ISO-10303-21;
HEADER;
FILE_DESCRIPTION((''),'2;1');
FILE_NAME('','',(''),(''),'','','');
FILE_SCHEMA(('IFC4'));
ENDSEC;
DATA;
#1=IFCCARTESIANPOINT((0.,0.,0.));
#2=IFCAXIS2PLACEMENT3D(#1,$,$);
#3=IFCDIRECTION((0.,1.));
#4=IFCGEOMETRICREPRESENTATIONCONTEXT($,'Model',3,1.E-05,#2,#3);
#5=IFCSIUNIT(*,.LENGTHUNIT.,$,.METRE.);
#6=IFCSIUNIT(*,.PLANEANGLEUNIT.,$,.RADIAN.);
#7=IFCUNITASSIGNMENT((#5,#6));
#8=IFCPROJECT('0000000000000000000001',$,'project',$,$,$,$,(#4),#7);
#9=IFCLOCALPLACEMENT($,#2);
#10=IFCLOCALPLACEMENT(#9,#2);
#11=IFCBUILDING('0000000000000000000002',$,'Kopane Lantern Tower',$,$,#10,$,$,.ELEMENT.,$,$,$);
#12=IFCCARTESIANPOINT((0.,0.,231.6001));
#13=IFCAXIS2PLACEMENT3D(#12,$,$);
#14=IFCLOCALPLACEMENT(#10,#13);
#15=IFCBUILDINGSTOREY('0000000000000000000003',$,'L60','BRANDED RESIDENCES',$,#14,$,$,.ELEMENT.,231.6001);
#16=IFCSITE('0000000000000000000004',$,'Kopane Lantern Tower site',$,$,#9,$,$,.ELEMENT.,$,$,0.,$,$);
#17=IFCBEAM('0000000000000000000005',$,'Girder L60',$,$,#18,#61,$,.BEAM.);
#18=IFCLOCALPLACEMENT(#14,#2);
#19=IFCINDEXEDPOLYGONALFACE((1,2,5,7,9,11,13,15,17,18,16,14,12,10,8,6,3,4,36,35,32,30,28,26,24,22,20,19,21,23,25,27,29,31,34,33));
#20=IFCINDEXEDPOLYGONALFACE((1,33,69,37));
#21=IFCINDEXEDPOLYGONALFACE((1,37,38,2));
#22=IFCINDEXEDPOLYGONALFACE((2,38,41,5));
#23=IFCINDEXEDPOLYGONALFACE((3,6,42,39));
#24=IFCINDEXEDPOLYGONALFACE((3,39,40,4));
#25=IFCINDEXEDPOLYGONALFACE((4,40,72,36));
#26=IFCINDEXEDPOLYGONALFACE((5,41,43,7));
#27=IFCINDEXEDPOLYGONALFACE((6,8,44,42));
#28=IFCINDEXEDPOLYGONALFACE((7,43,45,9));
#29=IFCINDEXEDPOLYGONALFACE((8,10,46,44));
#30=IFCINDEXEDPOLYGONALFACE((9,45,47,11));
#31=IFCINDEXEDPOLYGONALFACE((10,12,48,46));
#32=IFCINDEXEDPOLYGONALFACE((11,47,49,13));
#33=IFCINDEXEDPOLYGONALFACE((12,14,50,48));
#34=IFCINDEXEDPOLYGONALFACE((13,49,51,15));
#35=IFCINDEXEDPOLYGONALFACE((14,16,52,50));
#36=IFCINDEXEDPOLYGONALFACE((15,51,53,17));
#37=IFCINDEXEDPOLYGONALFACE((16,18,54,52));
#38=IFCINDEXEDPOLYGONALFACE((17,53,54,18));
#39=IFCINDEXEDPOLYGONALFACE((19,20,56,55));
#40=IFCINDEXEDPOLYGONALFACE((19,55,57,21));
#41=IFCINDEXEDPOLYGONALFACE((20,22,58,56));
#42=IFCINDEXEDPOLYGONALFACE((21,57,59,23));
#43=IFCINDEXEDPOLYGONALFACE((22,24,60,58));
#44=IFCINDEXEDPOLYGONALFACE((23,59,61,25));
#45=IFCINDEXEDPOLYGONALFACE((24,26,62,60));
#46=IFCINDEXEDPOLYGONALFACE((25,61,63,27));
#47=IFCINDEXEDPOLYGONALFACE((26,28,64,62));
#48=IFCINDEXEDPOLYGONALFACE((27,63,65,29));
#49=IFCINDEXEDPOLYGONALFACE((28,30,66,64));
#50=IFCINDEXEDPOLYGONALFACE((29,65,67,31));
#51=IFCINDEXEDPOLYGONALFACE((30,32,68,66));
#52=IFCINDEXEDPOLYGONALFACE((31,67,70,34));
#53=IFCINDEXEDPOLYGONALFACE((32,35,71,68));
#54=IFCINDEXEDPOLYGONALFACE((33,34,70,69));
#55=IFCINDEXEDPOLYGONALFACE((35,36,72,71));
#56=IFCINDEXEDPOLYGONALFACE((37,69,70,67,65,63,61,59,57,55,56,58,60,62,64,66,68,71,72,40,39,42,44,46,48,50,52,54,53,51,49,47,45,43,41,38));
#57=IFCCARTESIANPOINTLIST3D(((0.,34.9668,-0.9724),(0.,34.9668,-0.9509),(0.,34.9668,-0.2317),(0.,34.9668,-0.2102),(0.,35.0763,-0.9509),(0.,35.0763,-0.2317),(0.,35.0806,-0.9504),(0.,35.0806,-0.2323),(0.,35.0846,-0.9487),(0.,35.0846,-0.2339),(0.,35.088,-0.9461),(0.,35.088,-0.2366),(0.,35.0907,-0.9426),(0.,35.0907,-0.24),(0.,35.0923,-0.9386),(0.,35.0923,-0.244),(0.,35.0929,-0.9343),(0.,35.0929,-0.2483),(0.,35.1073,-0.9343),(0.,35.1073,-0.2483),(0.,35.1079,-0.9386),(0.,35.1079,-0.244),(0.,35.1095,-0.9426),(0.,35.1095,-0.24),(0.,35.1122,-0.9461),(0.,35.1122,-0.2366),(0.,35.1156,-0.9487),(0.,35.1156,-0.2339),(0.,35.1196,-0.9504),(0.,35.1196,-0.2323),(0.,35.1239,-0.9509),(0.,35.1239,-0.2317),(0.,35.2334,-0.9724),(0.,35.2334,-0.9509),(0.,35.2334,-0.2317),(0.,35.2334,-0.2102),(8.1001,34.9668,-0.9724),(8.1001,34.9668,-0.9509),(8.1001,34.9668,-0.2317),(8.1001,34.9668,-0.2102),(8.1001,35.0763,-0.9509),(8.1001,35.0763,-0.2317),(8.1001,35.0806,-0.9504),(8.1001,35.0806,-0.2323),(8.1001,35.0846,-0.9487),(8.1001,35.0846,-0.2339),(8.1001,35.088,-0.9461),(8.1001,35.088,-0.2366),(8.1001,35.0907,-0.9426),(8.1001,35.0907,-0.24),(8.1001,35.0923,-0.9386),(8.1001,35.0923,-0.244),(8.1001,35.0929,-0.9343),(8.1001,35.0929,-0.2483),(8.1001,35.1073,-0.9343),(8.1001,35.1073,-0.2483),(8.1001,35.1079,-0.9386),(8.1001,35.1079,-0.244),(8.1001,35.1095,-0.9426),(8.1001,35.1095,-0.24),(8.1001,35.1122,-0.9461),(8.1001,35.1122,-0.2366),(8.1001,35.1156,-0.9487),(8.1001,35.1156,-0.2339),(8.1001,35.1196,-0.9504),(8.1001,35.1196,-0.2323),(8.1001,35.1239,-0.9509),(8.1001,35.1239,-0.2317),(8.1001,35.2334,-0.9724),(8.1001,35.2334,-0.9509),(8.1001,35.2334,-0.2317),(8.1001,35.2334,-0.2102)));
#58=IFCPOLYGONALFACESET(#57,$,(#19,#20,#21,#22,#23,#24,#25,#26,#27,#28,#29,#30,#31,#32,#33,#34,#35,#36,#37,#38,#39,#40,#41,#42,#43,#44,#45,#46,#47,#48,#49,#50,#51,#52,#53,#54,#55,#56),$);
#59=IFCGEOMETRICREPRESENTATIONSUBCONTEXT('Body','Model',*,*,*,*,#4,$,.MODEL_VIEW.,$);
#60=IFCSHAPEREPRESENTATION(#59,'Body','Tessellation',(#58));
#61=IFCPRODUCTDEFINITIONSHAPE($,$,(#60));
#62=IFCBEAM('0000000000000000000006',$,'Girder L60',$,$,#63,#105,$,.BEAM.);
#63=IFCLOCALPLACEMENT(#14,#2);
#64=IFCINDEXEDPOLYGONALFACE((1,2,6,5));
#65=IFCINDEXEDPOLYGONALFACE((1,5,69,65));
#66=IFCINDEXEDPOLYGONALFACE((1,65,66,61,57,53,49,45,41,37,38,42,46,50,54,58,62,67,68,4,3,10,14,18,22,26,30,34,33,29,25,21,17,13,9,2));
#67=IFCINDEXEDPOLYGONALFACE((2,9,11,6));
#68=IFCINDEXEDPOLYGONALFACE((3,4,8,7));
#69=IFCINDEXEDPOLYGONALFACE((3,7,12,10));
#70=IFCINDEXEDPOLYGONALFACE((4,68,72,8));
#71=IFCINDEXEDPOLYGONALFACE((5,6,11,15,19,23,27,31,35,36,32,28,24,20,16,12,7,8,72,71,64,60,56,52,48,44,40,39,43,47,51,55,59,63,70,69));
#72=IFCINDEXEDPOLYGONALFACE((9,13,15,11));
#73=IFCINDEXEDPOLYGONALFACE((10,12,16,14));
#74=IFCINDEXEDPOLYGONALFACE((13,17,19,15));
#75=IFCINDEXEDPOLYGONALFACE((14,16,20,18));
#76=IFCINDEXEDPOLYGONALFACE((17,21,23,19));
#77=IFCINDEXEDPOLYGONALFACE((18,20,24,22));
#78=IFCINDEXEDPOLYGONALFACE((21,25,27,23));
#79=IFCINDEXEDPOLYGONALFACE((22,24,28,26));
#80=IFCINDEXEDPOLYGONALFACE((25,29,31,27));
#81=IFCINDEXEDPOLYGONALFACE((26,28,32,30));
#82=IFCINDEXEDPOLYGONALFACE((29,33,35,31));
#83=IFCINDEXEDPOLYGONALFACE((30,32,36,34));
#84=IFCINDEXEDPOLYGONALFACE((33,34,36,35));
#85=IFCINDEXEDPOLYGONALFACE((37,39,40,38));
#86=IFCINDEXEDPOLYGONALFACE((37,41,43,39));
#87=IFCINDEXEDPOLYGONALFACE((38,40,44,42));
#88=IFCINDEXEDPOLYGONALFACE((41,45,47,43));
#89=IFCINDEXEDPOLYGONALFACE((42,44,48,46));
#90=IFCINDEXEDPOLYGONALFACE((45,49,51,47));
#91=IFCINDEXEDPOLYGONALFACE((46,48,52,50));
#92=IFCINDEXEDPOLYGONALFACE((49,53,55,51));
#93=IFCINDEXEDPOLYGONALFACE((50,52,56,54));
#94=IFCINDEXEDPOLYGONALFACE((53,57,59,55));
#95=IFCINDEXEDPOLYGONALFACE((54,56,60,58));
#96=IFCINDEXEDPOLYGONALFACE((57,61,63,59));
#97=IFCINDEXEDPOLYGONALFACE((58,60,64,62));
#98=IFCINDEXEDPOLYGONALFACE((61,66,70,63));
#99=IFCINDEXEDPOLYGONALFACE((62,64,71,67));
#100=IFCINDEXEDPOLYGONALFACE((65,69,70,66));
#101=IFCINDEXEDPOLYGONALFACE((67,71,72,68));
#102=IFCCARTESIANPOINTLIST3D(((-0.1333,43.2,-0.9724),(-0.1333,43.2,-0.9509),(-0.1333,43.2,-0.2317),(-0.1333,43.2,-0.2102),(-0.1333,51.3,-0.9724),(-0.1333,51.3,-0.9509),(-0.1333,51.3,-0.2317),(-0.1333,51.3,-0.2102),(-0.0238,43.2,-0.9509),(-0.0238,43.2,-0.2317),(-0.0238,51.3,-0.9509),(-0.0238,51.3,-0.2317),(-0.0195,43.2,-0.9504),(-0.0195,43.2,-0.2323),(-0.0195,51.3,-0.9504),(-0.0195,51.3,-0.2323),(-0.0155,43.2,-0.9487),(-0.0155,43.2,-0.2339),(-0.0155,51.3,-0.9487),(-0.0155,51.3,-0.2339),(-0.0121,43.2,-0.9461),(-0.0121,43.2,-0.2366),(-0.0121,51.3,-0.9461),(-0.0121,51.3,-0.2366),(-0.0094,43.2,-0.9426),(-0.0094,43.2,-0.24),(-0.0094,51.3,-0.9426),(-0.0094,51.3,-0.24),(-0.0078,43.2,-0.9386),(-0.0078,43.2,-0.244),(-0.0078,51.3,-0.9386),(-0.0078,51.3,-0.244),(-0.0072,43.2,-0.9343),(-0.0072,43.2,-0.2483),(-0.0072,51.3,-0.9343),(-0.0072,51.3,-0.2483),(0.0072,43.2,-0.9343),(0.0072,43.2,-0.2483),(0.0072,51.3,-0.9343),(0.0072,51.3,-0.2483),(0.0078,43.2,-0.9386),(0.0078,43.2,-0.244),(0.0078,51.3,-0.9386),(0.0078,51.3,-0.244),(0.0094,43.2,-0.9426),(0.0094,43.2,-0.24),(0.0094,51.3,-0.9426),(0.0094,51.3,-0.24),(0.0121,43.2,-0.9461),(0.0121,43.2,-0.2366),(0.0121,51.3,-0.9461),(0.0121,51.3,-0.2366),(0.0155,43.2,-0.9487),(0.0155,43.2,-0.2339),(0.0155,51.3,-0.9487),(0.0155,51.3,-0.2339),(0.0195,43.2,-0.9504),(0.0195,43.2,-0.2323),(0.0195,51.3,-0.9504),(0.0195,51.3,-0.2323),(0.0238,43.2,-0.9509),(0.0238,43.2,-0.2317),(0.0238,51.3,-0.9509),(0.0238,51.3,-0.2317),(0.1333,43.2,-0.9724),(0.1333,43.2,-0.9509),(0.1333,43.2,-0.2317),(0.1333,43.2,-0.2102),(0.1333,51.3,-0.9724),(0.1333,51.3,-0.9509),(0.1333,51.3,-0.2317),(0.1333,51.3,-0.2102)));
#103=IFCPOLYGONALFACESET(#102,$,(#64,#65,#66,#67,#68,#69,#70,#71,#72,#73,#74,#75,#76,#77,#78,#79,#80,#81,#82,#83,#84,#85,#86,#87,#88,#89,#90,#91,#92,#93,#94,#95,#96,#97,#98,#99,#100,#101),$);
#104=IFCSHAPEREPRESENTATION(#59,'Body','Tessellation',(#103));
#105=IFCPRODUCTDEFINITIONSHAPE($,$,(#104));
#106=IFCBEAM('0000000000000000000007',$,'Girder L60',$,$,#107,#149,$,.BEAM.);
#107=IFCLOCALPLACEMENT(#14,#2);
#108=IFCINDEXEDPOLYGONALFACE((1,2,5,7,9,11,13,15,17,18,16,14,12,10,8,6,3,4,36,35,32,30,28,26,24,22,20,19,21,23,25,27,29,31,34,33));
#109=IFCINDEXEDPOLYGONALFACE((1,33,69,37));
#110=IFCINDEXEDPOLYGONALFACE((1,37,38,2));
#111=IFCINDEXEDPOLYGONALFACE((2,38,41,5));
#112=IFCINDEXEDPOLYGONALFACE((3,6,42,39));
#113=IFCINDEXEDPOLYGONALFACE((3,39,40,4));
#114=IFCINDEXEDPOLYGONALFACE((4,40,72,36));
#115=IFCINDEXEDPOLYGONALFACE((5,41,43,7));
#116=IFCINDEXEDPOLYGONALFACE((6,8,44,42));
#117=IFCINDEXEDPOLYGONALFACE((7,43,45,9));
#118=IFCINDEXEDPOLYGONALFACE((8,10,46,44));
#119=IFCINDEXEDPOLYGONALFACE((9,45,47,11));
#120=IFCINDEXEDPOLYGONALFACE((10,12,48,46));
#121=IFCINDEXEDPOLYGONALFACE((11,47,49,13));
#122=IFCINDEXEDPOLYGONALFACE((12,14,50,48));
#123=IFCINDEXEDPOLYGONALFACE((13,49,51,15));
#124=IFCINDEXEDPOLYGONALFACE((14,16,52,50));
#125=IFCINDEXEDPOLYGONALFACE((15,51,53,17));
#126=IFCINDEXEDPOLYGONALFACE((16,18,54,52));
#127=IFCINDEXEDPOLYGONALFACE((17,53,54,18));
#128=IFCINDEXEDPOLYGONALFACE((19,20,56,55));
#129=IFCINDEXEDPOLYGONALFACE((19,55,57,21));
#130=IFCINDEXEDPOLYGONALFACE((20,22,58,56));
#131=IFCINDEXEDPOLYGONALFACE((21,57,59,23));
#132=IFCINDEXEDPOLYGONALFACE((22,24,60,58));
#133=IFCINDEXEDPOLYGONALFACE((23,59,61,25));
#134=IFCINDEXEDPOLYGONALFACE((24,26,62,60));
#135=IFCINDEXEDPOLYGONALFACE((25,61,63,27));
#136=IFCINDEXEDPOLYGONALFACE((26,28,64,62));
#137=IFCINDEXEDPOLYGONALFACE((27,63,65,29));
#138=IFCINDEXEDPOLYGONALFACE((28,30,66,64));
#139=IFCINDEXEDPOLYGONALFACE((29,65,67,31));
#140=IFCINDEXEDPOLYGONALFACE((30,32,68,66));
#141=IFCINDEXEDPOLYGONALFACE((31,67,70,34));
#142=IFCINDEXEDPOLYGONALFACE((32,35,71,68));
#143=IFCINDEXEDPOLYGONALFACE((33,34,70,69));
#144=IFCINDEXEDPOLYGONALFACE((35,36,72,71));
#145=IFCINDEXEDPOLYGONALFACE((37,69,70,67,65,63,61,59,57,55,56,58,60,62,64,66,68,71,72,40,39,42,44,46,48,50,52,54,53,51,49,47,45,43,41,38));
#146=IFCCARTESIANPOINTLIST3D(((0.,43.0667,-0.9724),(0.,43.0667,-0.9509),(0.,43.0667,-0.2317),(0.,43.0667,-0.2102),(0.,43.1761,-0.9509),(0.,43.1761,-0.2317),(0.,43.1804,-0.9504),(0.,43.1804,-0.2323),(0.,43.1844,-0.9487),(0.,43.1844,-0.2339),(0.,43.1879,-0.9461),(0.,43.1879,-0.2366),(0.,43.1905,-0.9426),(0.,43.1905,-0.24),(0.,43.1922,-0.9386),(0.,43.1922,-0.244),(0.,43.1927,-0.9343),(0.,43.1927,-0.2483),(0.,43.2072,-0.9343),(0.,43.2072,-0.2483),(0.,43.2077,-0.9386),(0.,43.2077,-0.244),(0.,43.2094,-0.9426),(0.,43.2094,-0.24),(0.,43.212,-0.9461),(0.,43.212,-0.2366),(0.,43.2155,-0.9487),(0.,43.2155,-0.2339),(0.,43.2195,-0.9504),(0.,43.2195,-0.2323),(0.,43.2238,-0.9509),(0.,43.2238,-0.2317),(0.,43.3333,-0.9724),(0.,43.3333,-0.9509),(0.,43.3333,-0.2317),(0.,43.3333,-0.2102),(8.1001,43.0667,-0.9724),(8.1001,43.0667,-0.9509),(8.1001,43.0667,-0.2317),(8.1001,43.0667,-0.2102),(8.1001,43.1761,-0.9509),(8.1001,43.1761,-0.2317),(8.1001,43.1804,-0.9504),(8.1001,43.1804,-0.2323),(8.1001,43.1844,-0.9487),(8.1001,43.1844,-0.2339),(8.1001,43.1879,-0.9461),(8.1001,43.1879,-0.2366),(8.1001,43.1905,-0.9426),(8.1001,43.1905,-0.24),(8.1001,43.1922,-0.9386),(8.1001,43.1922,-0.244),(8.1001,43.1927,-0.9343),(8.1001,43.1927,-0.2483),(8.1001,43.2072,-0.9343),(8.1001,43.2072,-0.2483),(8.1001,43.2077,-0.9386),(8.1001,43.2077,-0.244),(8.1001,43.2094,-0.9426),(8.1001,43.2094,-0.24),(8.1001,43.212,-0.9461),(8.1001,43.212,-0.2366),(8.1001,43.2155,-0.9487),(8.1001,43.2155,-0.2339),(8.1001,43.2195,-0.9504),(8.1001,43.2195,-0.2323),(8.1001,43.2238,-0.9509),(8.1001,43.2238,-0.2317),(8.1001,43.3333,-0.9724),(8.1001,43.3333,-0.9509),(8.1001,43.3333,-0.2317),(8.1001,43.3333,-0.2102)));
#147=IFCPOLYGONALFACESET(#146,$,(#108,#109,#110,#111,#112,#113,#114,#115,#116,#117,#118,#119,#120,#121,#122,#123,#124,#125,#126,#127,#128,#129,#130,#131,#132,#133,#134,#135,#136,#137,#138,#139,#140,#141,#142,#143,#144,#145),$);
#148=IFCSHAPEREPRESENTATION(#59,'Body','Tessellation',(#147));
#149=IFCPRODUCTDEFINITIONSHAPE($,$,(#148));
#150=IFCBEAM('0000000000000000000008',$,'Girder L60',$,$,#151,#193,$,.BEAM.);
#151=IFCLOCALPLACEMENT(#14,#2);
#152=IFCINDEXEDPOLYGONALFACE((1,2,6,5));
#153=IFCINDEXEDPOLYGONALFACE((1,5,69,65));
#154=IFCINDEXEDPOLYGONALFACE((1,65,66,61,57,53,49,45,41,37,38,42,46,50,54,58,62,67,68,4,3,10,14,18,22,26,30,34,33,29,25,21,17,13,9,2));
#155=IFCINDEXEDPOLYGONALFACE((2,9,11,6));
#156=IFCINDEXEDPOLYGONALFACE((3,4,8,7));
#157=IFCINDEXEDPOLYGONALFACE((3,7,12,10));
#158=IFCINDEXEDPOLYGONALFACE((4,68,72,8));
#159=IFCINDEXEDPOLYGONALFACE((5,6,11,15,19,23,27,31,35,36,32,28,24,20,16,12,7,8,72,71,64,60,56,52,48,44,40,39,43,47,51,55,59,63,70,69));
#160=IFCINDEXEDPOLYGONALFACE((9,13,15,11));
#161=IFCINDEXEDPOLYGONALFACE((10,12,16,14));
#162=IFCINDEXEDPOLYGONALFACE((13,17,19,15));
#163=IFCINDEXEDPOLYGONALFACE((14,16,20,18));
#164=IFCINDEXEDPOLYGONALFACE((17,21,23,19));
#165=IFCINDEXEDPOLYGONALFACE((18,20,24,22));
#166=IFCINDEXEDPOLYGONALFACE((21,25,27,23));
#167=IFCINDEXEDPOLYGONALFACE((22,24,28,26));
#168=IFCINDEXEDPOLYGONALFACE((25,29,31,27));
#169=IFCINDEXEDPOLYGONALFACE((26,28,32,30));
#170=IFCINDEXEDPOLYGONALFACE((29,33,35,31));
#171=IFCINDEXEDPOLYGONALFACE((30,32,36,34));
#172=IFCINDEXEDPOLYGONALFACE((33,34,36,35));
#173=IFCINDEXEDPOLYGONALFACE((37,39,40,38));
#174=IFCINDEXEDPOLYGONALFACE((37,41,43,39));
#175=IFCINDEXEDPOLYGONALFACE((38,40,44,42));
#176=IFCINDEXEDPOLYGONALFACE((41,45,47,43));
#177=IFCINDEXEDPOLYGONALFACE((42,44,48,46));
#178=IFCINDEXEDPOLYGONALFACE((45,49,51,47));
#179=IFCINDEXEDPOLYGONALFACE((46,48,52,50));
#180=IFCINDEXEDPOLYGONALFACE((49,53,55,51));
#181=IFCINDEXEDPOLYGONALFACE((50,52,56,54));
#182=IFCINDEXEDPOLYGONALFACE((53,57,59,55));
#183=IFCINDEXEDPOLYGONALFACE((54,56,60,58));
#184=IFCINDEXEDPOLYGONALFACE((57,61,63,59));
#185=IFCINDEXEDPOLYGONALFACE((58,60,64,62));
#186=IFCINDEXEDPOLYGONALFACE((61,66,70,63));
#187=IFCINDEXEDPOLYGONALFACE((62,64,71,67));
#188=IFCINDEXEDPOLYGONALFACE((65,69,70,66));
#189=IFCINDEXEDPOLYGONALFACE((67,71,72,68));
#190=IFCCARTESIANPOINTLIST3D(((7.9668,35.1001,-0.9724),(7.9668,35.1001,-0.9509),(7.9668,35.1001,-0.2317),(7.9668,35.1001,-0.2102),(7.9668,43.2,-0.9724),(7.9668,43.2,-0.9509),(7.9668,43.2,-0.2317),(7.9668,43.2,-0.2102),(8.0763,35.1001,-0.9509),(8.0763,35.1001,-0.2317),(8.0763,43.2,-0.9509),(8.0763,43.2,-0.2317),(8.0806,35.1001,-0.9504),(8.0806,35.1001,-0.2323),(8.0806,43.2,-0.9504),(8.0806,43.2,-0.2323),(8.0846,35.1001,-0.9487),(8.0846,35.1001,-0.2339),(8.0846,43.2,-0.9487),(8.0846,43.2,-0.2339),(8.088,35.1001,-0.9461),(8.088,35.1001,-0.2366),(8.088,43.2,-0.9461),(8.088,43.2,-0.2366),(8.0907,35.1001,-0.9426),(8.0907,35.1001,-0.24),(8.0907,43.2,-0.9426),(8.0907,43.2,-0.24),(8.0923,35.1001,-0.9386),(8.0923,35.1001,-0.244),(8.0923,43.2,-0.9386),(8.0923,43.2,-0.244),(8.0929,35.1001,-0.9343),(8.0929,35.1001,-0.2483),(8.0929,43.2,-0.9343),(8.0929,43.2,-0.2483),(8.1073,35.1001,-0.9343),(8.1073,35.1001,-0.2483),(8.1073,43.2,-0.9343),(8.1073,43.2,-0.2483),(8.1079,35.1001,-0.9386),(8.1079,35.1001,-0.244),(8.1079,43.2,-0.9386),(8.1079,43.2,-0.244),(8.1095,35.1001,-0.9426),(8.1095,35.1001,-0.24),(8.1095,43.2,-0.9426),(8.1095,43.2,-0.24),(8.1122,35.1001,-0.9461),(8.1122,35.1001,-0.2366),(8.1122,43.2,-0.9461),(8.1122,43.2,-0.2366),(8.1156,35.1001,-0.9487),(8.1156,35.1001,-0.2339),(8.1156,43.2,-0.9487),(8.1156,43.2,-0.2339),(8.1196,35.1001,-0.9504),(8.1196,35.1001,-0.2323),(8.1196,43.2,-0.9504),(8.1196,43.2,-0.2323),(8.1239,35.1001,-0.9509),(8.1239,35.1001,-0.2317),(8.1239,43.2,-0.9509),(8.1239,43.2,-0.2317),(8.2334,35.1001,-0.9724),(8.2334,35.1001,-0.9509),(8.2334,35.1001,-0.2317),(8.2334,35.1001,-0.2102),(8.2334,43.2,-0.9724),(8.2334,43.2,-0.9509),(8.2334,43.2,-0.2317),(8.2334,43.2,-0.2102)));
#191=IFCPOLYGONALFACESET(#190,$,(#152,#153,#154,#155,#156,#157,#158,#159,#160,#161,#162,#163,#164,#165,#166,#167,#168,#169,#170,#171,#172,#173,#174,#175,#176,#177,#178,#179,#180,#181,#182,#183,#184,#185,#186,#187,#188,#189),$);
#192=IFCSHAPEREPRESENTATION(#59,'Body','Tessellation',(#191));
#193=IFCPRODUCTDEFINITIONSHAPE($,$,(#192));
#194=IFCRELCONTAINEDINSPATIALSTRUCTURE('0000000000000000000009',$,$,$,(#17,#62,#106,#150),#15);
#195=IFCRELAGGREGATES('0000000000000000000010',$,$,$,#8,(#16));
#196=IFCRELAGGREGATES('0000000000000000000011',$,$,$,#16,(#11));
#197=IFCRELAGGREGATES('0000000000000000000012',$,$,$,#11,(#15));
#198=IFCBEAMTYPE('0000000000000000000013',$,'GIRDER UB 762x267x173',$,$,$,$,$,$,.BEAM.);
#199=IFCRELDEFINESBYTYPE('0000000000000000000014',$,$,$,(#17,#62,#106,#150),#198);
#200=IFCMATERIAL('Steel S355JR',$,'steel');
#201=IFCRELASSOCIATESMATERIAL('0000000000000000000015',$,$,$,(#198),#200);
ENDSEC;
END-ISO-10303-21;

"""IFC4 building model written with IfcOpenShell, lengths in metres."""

from ifc_helpers import new_model, si_unit, direction, frame, origin, origin_2d, place, context, subcontext, project, spatial, i_section, extrude, material, material_profile, profile_set, type_object, element, save


model = new_model("IFC4")

# Units and contexts
model_context = context("Model", 3, precision=1e-05, world=origin(), true_north=direction((0.0, 1.0)))
body_context = subcontext(model_context, "Body", "Model", "MODEL_VIEW")
ifc_project = project(units=[si_unit("LENGTHUNIT", "METRE"), si_unit("PLANEANGLEUNIT", "RADIAN")], contexts=[model_context])

# Site, building, storey
site_placement = place(None, origin())
site = spatial("IfcSite", under=ifc_project, at=site_placement, Name="Kopane Lantern Tower site", CompositionType="ELEMENT", RefElevation=0.0)
building_placement = place(site_placement, origin())
building = spatial("IfcBuilding", under=site, at=building_placement, Name="Kopane Lantern Tower", CompositionType="ELEMENT")
storey_placement = place(building_placement, frame((0.0, 0.0, 231.6001)))
storey = spatial("IfcBuildingStorey", under=building, at=storey_placement, Name="L60", Description="BRANDED RESIDENCES", CompositionType="ELEMENT", Elevation=231.6001)

# Beams
ifc_material_1 = material(Name="Steel S355JR", Category="steel")
ifc_material_profile_1 = material_profile(ifc_material_1, i_section(OverallWidth=0.2666, OverallDepth=0.7622, WebThickness=0.0144, FlangeThickness=0.0215, FilletRadius=0.0166, at=origin_2d()), Name="UB 762x267x173")
ifc_profile_set_1 = profile_set([ifc_material_profile_1], Name="Steel S355JR")
beam_type = type_object("IfcBeamType", Name="GIRDER UB 762x267x173", PredefinedType="BEAM", material=ifc_profile_set_1)
for number, where, z_axis, x_axis, name in (
    (1, (0.0, 35.1001, -0.5913), (1.0, 0.0, 0.0), (0.0, 1.0, 0.0), "Girder L60"),
    (2, (0.0, 43.2, -0.5913), (0.0, 1.0, 0.0), (-1.0, 0.0, 0.0), "Girder L60"),
    (3, (0.0, 43.2, -0.5913), (1.0, 0.0, 0.0), (0.0, 1.0, 0.0), "Girder L60"),
):
    element("IfcBeam", number, at=place(storey_placement, frame(where, z_axis=z_axis, x_axis=x_axis)), inside=storey, type_object=beam_type, Name=name, PredefinedType="BEAM", context=body_context, shape_type="SweptSolid", body=[
        extrude(i_section(OverallWidth=0.2666, OverallDepth=0.7622, WebThickness=0.0144, FlangeThickness=0.0215, FilletRadius=0.0166, at=origin_2d()), origin(), (0.0, 0.0, 1.0), 8.1001),
    ])
for number, where, z_axis, x_axis, name in (
    (4, (8.1001, 35.1001, -0.5913), (0.0, 1.0, 0.0), (-1.0, 0.0, 0.0), "Girder L60"),
):
    element("IfcBeam", number, at=place(storey_placement, frame(where, z_axis=z_axis, x_axis=x_axis)), inside=storey, type_object=beam_type, Name=name, PredefinedType="BEAM", context=body_context, shape_type="SweptSolid", body=[
        extrude(i_section(OverallWidth=0.2666, OverallDepth=0.7622, WebThickness=0.0144, FlangeThickness=0.0215, FilletRadius=0.0166, at=origin_2d()), origin(), (0.0, 0.0, 1.0), 8.0999),
    ])

save(model, "model.ifc")
